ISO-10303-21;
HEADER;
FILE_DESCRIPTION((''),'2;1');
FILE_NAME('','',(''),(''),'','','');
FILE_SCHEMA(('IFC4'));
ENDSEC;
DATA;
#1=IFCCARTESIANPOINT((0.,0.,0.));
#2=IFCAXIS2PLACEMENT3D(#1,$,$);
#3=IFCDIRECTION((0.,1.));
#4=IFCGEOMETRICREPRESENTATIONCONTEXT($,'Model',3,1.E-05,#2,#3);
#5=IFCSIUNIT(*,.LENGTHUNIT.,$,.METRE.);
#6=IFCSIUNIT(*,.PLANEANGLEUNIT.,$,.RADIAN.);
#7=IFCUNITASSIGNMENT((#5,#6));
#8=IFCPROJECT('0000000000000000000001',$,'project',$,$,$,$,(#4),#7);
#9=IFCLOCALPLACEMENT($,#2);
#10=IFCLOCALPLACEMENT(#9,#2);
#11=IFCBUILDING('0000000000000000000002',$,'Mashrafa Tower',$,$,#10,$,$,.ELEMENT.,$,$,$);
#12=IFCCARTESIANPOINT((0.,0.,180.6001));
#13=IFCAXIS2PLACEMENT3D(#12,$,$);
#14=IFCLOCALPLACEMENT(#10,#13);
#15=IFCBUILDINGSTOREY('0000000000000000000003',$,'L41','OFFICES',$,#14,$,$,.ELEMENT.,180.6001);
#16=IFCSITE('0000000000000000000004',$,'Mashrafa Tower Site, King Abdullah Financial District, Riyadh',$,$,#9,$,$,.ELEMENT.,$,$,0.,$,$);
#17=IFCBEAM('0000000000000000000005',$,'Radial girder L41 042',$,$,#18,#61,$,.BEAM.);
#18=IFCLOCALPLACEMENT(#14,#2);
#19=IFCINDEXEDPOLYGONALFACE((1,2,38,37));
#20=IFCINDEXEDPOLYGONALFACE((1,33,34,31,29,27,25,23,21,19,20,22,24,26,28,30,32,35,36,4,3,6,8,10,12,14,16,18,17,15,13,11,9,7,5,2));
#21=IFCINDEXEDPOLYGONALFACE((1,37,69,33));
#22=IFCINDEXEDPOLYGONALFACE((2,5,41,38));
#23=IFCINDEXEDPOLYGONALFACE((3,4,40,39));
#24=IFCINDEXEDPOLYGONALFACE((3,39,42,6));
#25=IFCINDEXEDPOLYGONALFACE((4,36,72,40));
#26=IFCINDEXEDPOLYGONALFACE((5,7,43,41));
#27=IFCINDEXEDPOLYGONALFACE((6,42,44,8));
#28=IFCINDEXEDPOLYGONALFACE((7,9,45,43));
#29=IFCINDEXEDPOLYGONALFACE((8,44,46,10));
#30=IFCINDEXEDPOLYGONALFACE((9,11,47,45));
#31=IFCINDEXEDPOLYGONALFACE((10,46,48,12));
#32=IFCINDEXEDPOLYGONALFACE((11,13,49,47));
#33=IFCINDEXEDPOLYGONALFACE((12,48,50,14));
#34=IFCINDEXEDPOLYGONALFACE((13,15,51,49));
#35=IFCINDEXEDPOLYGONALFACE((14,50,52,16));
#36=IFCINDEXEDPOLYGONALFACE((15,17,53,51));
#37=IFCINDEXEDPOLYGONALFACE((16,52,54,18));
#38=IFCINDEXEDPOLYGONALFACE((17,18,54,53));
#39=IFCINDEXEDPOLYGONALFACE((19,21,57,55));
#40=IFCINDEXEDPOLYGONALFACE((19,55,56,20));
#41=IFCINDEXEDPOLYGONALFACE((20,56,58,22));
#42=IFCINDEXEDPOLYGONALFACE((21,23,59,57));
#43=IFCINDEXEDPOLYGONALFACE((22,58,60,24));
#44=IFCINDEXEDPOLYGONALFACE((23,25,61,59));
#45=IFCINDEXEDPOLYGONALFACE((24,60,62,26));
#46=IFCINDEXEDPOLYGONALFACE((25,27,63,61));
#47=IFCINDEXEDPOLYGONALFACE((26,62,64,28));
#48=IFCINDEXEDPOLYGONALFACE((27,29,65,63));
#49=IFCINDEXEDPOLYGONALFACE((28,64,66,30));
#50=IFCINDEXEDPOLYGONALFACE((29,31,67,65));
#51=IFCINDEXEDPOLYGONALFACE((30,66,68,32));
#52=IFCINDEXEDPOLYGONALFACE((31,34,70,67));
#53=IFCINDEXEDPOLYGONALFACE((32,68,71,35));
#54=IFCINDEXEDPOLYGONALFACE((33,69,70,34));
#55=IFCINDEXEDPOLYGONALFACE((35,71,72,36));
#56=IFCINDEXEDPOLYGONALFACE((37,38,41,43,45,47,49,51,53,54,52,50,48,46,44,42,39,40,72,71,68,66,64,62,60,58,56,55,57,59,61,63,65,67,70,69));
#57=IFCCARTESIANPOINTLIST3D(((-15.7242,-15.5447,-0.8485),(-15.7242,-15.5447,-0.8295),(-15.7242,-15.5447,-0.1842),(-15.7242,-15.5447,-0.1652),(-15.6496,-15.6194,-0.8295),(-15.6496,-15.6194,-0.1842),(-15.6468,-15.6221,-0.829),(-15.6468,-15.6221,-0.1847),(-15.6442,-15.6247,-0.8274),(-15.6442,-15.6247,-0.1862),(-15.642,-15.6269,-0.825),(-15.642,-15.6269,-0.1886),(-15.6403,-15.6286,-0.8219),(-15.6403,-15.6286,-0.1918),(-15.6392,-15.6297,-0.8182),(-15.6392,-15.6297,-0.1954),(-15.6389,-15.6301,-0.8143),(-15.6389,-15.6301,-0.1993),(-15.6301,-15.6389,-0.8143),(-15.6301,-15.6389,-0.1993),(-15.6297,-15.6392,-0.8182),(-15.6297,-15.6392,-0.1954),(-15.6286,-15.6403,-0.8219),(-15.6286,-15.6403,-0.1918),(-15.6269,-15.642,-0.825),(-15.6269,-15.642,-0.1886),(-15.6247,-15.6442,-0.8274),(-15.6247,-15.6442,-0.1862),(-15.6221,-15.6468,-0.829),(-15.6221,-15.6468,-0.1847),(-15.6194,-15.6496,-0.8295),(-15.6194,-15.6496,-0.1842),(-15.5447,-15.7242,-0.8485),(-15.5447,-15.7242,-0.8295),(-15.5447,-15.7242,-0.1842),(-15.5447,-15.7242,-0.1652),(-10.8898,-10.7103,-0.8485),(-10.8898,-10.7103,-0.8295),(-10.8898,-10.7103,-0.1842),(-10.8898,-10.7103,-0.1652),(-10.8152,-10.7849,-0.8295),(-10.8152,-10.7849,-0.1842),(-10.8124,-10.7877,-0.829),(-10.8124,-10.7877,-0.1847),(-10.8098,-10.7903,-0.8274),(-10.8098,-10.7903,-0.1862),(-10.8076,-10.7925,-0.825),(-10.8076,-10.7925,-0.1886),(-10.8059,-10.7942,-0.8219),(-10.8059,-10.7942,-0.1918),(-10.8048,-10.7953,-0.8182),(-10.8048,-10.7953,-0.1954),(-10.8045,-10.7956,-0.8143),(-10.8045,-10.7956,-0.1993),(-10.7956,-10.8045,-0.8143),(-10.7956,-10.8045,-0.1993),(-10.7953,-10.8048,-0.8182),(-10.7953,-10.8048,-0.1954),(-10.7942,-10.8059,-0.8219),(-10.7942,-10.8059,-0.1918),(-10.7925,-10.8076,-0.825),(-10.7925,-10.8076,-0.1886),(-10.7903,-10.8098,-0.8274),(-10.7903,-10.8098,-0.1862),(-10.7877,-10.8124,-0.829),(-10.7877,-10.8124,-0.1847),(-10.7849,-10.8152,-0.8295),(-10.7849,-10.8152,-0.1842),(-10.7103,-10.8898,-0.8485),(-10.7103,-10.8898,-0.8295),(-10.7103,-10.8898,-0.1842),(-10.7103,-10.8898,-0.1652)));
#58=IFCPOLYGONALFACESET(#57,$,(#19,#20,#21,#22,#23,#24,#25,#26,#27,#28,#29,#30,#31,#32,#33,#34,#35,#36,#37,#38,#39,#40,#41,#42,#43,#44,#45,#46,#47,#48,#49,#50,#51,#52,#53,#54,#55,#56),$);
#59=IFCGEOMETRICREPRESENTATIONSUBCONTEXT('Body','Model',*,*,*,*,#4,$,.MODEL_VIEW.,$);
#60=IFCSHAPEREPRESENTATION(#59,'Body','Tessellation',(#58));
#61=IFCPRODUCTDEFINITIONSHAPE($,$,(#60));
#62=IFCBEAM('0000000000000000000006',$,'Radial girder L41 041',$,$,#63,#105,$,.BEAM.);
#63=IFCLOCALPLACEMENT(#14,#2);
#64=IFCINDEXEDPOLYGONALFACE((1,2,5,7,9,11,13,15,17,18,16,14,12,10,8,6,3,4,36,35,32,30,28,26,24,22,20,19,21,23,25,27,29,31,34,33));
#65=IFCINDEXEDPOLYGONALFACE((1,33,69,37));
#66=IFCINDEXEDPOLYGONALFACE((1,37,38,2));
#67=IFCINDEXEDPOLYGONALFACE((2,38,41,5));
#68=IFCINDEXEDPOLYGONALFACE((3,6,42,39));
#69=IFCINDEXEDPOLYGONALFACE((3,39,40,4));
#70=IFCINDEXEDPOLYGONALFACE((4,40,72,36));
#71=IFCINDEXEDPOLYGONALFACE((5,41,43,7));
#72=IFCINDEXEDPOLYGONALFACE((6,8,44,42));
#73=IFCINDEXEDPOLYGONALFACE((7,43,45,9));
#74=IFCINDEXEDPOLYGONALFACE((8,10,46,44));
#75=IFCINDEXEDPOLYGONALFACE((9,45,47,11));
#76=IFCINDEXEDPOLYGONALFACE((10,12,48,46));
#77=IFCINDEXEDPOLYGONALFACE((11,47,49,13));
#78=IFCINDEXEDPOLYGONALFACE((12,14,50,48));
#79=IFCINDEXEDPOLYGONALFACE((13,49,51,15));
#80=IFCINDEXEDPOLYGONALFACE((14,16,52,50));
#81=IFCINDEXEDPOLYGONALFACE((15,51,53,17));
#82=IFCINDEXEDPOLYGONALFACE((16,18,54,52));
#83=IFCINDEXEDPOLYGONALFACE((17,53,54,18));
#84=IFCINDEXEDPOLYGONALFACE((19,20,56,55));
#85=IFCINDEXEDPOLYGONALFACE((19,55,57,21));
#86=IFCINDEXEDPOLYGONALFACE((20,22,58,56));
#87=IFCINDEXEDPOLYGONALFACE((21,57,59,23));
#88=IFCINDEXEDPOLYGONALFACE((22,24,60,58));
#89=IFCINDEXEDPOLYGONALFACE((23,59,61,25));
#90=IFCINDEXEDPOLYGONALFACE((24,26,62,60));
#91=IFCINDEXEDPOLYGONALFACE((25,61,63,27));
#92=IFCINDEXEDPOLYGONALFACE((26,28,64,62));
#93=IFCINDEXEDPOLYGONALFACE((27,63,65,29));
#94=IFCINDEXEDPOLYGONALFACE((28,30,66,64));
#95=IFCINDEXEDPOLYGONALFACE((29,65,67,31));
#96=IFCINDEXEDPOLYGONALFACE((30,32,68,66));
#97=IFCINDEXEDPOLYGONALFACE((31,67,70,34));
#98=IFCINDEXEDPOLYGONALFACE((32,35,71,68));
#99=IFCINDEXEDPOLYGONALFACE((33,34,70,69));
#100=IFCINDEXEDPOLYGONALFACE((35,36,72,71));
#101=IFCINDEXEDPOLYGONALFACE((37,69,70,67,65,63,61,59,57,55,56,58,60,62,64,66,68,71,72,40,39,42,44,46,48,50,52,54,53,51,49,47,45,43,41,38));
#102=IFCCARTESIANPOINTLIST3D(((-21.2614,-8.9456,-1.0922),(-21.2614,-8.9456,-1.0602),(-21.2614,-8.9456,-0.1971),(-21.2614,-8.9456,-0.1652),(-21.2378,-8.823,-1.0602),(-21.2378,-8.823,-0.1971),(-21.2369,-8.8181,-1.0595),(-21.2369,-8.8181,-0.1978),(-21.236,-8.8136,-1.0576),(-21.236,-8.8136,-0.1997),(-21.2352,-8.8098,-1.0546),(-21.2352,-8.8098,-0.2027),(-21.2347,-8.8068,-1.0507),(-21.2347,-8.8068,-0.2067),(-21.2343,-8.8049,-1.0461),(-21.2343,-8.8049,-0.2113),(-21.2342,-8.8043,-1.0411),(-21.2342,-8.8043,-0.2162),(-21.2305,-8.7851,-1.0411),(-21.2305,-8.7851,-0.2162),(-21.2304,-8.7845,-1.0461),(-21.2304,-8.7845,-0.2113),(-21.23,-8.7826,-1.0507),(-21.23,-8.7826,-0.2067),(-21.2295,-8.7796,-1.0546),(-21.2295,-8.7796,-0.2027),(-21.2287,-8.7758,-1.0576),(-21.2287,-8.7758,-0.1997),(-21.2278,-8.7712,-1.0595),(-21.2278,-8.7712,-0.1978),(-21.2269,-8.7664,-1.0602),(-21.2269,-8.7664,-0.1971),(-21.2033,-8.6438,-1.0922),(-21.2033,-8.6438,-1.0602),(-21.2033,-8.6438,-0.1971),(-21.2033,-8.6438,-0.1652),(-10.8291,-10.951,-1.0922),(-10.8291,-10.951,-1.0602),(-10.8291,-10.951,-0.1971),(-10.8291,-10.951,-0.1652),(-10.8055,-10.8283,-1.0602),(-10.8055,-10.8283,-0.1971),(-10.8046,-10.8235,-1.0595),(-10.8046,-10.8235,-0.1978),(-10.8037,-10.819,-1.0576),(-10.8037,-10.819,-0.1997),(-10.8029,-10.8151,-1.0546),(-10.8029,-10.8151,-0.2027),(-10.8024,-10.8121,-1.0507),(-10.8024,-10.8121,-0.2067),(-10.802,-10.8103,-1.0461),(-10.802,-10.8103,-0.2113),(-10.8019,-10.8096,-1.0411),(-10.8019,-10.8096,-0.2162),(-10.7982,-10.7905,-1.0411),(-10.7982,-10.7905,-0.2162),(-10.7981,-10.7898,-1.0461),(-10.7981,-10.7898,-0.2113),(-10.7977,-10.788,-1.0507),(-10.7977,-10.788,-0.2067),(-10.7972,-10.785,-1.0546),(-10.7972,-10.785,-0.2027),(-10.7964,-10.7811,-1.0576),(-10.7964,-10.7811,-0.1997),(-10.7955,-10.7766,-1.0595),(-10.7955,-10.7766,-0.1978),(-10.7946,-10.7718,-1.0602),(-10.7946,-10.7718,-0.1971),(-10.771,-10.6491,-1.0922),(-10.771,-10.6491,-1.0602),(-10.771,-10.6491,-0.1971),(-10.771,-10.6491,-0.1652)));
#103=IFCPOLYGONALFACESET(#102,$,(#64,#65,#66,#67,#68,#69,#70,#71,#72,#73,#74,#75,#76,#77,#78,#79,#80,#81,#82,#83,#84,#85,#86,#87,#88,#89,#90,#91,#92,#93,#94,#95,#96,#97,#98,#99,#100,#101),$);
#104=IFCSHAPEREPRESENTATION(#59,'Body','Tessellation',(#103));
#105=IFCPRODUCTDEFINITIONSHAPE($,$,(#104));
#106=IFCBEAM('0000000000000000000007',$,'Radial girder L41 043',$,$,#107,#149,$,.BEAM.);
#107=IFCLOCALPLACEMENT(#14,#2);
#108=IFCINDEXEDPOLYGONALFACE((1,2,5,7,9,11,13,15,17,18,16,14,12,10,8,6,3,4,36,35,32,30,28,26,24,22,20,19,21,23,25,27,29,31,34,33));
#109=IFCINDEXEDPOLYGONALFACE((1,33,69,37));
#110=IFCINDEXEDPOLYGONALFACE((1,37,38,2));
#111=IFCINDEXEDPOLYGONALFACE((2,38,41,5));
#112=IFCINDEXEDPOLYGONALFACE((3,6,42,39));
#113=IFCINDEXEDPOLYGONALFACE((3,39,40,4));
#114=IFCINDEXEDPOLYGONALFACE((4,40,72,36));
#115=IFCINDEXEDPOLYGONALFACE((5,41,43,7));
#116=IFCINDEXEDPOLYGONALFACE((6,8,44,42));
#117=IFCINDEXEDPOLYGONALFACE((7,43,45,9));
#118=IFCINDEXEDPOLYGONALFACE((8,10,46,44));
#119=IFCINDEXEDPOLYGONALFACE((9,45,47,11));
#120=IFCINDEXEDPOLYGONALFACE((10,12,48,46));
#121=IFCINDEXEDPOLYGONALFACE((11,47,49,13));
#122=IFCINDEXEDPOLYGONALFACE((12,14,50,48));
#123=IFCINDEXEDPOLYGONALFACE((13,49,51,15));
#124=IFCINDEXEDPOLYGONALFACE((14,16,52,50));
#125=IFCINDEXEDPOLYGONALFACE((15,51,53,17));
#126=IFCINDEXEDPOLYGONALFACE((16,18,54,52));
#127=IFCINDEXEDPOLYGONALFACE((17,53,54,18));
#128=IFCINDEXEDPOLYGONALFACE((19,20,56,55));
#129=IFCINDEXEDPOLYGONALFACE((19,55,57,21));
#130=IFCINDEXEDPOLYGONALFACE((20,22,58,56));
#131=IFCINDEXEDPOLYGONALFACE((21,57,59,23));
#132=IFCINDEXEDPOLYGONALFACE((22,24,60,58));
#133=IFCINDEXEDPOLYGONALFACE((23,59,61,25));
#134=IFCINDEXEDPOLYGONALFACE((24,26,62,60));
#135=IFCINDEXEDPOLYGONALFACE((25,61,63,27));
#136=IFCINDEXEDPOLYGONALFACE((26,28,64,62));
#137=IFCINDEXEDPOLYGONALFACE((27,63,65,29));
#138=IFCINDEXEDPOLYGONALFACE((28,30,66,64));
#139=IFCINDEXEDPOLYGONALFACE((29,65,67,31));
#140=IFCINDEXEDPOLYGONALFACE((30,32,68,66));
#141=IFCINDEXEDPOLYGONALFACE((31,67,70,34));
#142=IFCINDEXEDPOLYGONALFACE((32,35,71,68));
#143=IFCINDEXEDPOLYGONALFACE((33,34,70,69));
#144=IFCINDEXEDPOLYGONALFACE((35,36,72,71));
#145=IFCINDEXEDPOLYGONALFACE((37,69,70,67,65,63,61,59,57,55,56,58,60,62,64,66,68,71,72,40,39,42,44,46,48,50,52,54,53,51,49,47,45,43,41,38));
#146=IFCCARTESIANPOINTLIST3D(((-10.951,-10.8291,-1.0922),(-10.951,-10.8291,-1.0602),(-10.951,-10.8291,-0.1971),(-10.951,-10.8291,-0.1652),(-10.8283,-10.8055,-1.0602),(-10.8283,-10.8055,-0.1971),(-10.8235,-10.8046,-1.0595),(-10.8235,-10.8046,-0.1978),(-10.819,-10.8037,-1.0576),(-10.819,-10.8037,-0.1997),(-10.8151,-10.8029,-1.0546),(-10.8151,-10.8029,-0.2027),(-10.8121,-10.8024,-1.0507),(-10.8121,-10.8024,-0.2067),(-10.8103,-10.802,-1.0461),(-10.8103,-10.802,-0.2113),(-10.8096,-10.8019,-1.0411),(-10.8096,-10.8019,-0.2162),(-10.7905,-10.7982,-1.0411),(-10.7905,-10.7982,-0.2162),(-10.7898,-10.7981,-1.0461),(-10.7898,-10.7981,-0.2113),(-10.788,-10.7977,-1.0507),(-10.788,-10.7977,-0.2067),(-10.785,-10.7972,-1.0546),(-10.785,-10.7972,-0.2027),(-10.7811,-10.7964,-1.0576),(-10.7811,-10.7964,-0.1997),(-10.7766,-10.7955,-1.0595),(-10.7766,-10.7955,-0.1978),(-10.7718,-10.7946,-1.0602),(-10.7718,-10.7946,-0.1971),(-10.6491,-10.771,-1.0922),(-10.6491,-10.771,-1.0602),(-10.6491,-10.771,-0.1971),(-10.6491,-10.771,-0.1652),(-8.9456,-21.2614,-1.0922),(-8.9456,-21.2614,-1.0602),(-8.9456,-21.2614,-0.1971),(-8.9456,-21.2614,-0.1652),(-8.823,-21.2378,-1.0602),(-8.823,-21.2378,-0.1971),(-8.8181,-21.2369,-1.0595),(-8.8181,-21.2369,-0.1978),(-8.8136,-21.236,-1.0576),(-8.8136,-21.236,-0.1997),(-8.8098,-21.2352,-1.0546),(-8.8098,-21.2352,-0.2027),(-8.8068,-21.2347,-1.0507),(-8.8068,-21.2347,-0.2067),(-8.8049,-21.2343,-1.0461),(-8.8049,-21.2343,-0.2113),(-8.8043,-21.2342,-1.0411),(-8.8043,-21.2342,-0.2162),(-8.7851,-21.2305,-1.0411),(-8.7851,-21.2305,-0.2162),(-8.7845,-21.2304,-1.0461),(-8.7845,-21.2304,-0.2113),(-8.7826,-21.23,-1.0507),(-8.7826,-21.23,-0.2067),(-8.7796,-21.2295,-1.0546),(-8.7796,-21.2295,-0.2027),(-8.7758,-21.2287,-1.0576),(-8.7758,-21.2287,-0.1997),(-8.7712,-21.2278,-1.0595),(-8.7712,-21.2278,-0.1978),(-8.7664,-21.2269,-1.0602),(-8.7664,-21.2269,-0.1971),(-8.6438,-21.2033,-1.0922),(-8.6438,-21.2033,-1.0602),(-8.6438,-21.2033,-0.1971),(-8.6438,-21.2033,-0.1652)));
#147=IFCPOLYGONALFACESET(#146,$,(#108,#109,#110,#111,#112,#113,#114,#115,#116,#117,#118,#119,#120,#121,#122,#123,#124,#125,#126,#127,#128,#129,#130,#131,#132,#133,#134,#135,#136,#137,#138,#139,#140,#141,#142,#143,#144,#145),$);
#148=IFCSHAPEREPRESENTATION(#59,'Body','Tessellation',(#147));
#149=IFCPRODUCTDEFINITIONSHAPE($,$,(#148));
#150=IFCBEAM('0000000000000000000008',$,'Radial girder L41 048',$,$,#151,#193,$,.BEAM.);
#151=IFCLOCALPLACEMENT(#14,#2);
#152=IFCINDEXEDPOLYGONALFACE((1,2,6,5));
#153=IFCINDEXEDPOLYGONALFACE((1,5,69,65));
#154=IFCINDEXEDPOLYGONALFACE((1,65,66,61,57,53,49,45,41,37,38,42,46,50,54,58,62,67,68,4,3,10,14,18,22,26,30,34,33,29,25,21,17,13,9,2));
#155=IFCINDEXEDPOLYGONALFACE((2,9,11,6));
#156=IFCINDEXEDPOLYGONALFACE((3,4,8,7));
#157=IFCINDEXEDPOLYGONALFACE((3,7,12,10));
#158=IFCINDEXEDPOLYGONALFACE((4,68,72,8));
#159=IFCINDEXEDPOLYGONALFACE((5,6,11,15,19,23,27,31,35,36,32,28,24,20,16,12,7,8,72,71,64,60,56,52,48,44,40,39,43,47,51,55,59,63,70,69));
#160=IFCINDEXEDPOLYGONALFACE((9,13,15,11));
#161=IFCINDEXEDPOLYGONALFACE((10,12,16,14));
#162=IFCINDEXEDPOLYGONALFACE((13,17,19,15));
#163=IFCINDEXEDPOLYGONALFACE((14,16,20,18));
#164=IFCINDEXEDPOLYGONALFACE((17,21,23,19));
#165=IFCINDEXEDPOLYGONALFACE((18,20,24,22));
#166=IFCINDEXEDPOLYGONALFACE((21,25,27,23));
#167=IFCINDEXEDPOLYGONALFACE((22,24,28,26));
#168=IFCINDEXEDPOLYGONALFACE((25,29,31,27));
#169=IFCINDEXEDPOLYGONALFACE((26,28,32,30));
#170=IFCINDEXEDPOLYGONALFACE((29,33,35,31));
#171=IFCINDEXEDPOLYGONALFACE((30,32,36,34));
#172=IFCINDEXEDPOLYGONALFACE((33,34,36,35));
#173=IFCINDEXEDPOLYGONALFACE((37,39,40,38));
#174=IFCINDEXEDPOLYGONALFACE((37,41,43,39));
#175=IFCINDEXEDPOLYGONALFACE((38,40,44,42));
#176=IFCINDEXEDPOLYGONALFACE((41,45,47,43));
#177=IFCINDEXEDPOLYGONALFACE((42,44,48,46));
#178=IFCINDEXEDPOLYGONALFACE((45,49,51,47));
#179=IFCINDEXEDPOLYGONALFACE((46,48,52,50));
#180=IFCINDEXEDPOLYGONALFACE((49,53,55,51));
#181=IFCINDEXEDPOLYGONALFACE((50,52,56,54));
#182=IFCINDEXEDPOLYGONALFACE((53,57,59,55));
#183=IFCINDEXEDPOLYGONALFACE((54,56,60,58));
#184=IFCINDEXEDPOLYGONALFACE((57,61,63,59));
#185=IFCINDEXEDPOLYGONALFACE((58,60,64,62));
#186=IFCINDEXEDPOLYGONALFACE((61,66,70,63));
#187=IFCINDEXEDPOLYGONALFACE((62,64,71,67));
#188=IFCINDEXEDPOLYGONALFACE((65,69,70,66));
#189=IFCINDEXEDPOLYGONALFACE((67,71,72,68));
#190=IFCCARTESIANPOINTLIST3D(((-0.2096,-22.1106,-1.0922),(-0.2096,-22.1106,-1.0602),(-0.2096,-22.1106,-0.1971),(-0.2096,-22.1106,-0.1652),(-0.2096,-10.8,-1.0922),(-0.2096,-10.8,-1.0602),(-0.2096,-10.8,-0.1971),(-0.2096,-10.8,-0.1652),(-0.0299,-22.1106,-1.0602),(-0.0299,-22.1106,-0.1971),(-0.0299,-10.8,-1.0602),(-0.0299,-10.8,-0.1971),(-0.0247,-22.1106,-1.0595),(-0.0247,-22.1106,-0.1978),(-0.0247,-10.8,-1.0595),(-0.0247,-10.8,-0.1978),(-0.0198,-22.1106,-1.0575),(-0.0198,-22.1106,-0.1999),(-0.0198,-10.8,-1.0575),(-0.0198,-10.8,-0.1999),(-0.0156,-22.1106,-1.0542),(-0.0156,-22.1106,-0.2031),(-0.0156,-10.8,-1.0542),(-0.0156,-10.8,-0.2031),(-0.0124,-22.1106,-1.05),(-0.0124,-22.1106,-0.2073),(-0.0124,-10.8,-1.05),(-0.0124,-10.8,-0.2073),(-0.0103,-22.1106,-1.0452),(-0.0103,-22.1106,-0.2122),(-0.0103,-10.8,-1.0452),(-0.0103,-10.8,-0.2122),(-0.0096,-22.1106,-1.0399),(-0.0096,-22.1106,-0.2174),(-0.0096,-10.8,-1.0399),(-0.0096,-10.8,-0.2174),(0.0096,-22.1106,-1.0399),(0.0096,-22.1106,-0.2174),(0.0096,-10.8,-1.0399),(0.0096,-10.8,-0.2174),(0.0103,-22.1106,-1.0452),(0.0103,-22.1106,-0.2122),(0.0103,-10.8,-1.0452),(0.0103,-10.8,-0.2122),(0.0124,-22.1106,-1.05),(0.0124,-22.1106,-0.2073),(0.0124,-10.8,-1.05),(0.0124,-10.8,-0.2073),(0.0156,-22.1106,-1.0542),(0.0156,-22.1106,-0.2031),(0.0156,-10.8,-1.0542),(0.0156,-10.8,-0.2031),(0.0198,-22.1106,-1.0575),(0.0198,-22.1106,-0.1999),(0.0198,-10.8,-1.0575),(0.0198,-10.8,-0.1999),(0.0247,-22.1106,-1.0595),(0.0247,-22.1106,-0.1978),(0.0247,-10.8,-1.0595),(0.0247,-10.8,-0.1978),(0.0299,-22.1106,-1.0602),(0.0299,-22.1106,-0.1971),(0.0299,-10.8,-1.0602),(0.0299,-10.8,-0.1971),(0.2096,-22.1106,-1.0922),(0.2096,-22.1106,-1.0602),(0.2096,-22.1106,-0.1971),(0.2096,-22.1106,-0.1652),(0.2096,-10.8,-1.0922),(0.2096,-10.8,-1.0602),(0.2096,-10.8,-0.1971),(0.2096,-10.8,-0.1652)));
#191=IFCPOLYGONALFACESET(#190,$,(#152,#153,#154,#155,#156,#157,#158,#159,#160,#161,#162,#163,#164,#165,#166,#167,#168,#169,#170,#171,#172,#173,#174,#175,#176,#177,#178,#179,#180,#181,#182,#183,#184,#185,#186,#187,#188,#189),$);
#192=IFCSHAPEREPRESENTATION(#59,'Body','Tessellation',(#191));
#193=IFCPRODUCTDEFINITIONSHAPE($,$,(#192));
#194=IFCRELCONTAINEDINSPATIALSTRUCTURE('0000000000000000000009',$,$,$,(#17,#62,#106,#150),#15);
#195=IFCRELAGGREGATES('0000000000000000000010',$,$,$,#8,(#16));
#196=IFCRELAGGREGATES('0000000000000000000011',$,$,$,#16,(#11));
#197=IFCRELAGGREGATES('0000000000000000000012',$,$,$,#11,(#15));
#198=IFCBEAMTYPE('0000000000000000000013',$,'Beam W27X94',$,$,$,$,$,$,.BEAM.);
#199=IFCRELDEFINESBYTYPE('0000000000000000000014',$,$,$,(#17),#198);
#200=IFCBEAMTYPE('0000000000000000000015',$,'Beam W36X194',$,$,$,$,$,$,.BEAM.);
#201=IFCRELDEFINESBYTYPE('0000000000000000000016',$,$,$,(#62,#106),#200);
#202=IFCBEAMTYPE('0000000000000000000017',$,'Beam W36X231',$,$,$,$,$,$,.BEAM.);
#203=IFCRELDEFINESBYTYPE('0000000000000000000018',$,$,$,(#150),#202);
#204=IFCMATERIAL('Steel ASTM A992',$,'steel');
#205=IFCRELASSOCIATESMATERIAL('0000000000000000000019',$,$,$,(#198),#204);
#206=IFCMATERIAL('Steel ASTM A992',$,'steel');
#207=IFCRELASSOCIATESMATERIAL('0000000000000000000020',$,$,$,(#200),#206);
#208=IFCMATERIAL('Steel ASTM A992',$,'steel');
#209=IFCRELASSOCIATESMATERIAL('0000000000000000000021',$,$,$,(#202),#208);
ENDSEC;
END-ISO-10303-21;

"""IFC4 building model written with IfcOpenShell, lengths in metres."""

from ifc_helpers import new_model, si_unit, direction, frame, origin, origin_2d, place, context, subcontext, project, spatial, i_section, extrude, material, material_profile, profile_set, type_object, element, save


model = new_model("IFC4")

# Units and contexts
model_context = context("Model", 3, precision=1e-05, world=origin(), true_north=direction((0.0, 1.0)))
body_context = subcontext(model_context, "Body", "Model", "MODEL_VIEW")
ifc_project = project(units=[si_unit("LENGTHUNIT", "METRE"), si_unit("PLANEANGLEUNIT", "RADIAN")], contexts=[model_context])

# Site, building, storey
site_placement = place(None, origin())
site = spatial("IfcSite", under=ifc_project, at=site_placement, Name="Mashrafa Tower Site, King Abdullah Financial District, Riyadh", CompositionType="ELEMENT", RefElevation=0.0)
building_placement = place(site_placement, origin())
building = spatial("IfcBuilding", under=site, at=building_placement, Name="Mashrafa Tower", CompositionType="ELEMENT")
storey_placement = place(building_placement, frame((0.0, 0.0, 180.6001)))
storey = spatial("IfcBuildingStorey", under=building, at=storey_placement, Name="L41", Description="OFFICES", CompositionType="ELEMENT", Elevation=180.6001)

# Beams
ifc_material_1 = material(Name="Steel ASTM A992", Category="steel")
ifc_material_profile_1 = material_profile(ifc_material_1, i_section(OverallWidth=0.2539, OverallDepth=0.6833, WebThickness=0.0125, FlangeThickness=0.019, FilletRadius=0.0151, at=origin_2d()), Name="W27X94")
ifc_profile_set_1 = profile_set([ifc_material_profile_1], Name="Steel ASTM A992")
beam_type_1 = type_object("IfcBeamType", Name="Beam W27X94", PredefinedType="BEAM", material=ifc_profile_set_1)
beam_1_placement = place(storey_placement, frame((-10.8, -10.8, -0.5068), z_axis=(-0.707107, -0.707107, 0.0), x_axis=(0.707107, -0.707107, 0.0)))
element("IfcBeam", 1, at=beam_1_placement, inside=storey, type_object=beam_type_1, Name="Radial girder L41 042", PredefinedType="BEAM", context=body_context, shape_type="SweptSolid", body=[
    extrude(i_section(OverallWidth=0.2539, OverallDepth=0.6833, WebThickness=0.0125, FlangeThickness=0.019, FilletRadius=0.0151, at=origin_2d()), origin(), (0.0, 0.0, 1.0), 6.8369),
])
ifc_material_2 = material(Name="Steel ASTM A992", Category="steel")
ifc_material_profile_2 = material_profile(ifc_material_2, i_section(OverallWidth=0.3074, OverallDepth=0.927, WebThickness=0.0195, FlangeThickness=0.032, FilletRadius=0.019, at=origin_2d()), Name="W36X194")
ifc_profile_set_2 = profile_set([ifc_material_profile_2], Name="Steel ASTM A992")
beam_type_2 = type_object("IfcBeamType", Name="Beam W36X194", PredefinedType="BEAM", material=ifc_profile_set_2)
for number, where, z_axis, x_axis, name in (
    (2, (-10.8, -10.8, -0.6287), (-0.982021, 0.18877, 0.0), (-0.18877, -0.982021, 0.0), "Radial girder L41 041"),
    (3, (-10.8, -10.8, -0.6287), (0.18877, -0.982021, 0.0), (0.982021, 0.18877, 0.0), "Radial girder L41 043"),
):
    element("IfcBeam", number, at=place(storey_placement, frame(where, z_axis=z_axis, x_axis=x_axis)), inside=storey, type_object=beam_type_2, Name=name, PredefinedType="BEAM", context=body_context, shape_type="SweptSolid", body=[
        extrude(i_section(OverallWidth=0.3074, OverallDepth=0.927, WebThickness=0.0195, FlangeThickness=0.032, FilletRadius=0.019, at=origin_2d()), origin(), (0.0, 0.0, 1.0), 10.6233),
    ])
ifc_material_3 = material(Name="Steel ASTM A992", Category="steel")
ifc_material_profile_3 = material_profile(ifc_material_3, i_section(OverallWidth=0.4192, OverallDepth=0.927, WebThickness=0.0193, FlangeThickness=0.032, FilletRadius=0.0203, at=origin_2d()), Name="W36X231")
ifc_profile_set_3 = profile_set([ifc_material_profile_3], Name="Steel ASTM A992")
beam_type_3 = type_object("IfcBeamType", Name="Beam W36X231", PredefinedType="BEAM", material=ifc_profile_set_3)
beam_2_placement = place(storey_placement, frame((0.0, -10.8, -0.6287), z_axis=(0.0, -1.0, 0.0), x_axis=(1.0, 0.0, 0.0)))
element("IfcBeam", 4, at=beam_2_placement, inside=storey, type_object=beam_type_3, Name="Radial girder L41 048", PredefinedType="BEAM", context=body_context, shape_type="SweptSolid", body=[
    extrude(i_section(OverallWidth=0.4192, OverallDepth=0.927, WebThickness=0.0193, FlangeThickness=0.032, FilletRadius=0.0203, at=origin_2d()), origin(), (0.0, 0.0, 1.0), 11.3105),
])

save(model, "model.ifc")
